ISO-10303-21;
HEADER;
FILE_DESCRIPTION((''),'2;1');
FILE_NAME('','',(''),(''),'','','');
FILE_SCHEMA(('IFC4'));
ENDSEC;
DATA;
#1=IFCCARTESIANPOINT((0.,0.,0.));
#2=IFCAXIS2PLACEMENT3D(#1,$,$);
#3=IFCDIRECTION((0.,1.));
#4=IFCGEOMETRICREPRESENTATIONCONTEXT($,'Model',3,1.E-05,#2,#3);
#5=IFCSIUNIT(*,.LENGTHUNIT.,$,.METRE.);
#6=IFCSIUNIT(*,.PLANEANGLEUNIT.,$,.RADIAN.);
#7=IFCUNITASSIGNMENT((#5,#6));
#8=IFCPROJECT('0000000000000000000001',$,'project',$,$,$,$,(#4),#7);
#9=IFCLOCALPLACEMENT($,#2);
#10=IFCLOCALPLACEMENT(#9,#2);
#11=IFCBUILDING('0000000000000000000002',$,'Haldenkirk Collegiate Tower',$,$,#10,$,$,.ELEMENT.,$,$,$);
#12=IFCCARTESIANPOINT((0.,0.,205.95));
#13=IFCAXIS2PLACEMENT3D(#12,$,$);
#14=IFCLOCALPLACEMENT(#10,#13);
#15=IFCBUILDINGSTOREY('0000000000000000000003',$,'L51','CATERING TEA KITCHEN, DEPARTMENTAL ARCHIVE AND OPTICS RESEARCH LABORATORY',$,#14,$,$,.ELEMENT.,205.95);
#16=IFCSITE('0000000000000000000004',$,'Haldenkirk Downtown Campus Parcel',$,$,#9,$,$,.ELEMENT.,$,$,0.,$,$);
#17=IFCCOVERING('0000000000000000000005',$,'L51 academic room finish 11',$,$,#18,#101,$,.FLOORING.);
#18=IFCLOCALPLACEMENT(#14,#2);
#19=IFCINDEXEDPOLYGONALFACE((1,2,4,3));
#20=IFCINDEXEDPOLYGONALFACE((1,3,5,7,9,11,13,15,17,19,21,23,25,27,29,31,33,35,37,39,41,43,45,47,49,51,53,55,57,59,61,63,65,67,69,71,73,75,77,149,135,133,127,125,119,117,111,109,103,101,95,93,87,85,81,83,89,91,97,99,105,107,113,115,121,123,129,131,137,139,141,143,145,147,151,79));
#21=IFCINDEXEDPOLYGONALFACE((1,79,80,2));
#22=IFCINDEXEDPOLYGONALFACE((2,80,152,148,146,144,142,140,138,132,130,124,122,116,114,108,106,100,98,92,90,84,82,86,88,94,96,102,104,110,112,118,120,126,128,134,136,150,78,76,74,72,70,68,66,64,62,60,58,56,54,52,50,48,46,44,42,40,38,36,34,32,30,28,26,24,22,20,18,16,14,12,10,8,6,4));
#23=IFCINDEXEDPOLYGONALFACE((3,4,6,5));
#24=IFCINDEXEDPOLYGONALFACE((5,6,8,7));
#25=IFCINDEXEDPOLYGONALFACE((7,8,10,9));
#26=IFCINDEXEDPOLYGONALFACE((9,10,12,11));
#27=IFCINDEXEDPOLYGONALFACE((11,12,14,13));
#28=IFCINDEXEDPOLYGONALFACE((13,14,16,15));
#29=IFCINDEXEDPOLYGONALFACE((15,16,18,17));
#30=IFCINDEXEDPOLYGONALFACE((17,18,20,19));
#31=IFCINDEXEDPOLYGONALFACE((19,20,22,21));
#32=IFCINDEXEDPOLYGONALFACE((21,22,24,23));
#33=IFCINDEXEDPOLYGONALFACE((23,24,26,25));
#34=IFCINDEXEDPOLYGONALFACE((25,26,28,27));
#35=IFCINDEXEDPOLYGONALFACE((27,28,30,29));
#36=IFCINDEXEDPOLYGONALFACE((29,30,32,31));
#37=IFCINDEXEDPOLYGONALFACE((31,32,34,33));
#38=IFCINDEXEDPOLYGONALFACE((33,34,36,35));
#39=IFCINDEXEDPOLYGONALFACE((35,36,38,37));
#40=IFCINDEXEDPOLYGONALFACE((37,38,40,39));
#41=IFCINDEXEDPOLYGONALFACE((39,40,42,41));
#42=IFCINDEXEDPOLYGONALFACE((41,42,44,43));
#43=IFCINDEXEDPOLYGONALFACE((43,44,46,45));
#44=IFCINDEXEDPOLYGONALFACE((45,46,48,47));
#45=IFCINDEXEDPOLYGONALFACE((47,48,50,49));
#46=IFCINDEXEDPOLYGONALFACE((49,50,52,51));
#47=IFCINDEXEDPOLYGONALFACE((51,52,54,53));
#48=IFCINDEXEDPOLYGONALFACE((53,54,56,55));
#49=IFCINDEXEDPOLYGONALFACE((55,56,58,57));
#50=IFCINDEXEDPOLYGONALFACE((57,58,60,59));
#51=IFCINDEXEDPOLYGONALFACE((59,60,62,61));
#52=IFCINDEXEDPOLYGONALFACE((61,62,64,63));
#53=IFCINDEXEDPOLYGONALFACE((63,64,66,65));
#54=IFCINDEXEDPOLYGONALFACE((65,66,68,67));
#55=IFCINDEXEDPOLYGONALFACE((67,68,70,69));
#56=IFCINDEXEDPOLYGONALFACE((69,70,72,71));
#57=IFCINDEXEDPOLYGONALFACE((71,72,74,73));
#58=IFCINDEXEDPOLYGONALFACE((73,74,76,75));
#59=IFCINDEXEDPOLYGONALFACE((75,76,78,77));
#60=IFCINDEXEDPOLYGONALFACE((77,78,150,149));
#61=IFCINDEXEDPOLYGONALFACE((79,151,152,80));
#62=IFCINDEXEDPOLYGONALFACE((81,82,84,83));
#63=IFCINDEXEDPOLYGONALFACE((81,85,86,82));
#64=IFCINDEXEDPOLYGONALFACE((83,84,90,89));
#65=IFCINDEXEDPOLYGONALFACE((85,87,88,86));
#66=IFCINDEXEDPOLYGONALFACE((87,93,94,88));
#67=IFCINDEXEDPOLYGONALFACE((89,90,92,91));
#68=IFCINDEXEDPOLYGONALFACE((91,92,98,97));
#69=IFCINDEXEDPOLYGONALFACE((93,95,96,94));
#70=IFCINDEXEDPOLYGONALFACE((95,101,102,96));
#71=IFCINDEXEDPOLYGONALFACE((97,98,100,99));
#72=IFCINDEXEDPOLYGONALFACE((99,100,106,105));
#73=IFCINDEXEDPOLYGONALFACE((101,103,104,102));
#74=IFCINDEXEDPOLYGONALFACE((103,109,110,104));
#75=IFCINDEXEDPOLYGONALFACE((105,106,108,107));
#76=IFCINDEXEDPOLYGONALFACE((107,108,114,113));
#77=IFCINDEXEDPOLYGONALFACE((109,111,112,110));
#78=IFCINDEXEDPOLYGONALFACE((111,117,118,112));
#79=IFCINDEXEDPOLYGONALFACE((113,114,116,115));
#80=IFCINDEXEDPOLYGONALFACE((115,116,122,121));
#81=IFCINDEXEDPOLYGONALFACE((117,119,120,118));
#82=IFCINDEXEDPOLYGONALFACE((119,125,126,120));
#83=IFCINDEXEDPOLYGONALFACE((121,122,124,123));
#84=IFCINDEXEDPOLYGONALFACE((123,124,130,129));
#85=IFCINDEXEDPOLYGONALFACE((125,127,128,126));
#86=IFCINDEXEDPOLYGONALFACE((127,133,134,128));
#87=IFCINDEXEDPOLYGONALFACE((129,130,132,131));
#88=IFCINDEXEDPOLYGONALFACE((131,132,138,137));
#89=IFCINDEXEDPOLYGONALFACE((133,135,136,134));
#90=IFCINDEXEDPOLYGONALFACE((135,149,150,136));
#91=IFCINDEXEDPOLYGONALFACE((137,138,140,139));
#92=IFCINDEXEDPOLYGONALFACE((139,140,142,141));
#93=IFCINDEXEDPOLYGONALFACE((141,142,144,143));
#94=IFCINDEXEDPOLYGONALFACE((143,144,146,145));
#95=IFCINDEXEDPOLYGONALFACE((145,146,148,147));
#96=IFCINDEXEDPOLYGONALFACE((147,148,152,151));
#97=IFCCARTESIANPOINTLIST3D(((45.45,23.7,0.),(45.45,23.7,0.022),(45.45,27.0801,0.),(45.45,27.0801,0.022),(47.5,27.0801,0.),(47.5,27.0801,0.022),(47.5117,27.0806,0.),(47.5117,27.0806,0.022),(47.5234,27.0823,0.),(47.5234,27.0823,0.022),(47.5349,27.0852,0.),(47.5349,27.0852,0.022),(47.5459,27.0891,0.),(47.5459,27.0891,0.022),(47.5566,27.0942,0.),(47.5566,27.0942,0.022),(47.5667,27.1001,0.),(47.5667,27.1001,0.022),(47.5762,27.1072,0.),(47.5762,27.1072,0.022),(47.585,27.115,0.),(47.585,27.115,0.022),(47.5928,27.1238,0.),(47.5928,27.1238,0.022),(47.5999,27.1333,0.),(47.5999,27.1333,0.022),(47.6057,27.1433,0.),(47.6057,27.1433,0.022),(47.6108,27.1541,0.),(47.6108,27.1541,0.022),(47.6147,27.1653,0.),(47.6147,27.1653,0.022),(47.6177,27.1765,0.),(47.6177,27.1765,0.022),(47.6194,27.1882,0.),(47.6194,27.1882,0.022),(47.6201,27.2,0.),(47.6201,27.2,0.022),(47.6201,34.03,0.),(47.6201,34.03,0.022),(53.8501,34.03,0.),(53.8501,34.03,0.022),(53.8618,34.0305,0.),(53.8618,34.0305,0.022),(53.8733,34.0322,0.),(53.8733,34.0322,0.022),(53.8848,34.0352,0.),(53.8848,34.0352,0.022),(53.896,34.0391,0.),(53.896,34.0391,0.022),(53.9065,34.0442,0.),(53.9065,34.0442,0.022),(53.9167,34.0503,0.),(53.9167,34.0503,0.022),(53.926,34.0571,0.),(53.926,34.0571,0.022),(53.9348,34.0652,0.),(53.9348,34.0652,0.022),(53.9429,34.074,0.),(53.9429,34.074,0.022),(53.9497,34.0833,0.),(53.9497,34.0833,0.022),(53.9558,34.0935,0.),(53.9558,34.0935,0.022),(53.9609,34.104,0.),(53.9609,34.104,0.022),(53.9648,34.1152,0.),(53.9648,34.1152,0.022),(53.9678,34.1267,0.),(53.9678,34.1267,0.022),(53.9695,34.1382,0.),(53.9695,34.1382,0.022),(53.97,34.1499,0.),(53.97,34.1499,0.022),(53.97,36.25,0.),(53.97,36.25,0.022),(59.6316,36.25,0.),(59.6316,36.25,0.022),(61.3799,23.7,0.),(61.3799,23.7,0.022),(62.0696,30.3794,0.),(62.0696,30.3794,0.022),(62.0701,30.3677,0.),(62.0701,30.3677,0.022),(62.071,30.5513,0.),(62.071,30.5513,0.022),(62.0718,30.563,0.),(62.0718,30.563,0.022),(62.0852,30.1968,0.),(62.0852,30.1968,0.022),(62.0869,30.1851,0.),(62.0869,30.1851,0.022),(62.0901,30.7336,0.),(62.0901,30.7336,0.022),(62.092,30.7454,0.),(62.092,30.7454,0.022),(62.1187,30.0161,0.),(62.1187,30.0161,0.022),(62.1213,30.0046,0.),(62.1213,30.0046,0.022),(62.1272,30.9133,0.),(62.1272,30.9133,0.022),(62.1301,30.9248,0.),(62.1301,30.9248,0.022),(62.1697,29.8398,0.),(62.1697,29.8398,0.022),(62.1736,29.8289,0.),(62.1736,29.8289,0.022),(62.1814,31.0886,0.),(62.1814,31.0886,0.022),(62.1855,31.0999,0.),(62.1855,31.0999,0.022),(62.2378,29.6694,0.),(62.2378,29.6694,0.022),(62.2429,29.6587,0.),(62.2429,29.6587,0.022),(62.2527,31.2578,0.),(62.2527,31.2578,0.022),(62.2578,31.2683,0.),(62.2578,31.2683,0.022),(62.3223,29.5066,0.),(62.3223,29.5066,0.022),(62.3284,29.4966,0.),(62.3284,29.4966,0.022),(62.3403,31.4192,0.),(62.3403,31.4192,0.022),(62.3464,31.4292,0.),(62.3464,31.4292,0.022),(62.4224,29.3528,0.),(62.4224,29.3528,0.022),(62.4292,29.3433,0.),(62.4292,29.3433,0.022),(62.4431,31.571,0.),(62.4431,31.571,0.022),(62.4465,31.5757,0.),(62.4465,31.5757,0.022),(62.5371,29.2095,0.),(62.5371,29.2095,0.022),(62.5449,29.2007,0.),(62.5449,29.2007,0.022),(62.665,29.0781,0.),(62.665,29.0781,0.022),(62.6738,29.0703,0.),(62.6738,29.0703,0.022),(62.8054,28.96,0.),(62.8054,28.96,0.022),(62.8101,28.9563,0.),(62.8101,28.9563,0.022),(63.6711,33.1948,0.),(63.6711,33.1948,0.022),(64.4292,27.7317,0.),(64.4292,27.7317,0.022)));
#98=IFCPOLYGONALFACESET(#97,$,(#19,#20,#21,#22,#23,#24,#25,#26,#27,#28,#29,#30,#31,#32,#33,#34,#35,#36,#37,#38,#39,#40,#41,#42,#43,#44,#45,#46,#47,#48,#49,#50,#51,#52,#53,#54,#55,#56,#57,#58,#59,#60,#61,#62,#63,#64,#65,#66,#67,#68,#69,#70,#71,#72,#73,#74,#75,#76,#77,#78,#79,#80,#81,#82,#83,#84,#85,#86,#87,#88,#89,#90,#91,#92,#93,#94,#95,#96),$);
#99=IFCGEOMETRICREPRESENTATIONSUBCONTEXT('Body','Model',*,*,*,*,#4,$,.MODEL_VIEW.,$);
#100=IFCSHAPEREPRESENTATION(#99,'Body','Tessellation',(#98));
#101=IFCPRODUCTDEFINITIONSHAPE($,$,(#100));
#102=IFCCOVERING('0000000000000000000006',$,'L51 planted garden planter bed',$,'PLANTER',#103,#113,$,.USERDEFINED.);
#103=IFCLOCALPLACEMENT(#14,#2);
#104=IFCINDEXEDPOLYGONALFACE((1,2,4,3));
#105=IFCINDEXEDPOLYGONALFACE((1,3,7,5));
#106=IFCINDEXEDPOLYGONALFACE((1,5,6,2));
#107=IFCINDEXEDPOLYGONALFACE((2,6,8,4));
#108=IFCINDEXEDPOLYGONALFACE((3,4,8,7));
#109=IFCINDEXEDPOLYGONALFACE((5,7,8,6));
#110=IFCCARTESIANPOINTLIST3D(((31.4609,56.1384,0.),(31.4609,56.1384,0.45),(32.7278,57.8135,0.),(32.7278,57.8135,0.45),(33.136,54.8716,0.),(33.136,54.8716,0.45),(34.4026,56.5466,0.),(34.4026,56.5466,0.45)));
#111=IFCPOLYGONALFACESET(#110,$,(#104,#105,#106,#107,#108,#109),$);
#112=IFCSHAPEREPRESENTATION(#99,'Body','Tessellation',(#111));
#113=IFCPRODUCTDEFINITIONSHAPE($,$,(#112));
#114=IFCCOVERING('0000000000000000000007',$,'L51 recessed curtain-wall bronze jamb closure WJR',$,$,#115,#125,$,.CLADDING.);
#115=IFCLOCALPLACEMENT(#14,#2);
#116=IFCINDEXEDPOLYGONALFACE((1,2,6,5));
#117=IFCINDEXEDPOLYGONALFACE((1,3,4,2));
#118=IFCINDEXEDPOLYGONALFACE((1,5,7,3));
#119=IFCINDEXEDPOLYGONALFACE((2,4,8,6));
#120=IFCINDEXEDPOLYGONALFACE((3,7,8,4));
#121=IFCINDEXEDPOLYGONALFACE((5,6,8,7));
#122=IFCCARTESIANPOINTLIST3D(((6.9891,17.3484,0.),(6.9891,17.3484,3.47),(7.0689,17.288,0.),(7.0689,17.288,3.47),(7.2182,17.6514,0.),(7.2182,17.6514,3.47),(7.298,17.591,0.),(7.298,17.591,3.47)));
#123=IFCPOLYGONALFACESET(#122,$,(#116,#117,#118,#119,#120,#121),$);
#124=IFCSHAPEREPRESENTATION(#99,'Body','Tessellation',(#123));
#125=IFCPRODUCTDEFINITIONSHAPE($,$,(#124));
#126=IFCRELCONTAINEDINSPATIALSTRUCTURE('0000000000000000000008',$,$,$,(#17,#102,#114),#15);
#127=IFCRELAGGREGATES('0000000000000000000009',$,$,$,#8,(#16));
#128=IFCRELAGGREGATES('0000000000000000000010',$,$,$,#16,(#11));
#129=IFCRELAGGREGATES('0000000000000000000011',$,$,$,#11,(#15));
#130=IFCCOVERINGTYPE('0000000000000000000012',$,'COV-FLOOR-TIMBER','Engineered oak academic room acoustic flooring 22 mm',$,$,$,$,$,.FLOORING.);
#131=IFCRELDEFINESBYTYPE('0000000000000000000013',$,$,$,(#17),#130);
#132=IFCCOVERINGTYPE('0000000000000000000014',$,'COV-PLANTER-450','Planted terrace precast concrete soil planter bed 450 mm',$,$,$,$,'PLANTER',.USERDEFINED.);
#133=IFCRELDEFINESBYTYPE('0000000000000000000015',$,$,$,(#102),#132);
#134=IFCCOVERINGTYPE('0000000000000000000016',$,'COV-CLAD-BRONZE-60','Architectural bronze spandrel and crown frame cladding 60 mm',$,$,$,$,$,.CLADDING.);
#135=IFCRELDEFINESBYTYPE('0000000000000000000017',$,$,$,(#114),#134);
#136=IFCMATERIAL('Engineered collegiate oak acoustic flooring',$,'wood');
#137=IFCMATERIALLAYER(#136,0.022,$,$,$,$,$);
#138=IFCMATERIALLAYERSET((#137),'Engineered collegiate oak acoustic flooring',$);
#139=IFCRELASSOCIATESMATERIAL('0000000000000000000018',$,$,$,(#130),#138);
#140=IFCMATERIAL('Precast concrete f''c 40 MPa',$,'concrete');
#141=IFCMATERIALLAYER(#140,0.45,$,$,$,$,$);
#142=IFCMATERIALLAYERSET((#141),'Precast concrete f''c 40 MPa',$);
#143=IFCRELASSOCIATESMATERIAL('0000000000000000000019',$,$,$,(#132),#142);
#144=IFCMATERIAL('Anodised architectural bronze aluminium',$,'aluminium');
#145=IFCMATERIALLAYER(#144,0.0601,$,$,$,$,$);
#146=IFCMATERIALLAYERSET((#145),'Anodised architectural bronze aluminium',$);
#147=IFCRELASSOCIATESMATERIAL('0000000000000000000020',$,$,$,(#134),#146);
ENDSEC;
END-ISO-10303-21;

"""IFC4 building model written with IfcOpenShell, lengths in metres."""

from ifc_helpers import new_model, si_unit, direction, frame, origin, origin_2d, place, context, subcontext, project, spatial, polyline, rectangle, outline, extrude, source, transform, mapped, material, layer, layer_set, type_object, element, save


model = new_model("IFC4")

# Units and contexts
model_context = context("Model", 3, precision=1e-05, world=origin(), true_north=direction((0.0, 1.0)))
body_context = subcontext(model_context, "Body", "Model", "MODEL_VIEW")
ifc_project = project(units=[si_unit("LENGTHUNIT", "METRE"), si_unit("PLANEANGLEUNIT", "RADIAN")], contexts=[model_context])

# Site, building, storey
site_placement = place(None, origin())
site = spatial("IfcSite", under=ifc_project, at=site_placement, Name="Haldenkirk Downtown Campus Parcel", CompositionType="ELEMENT", RefElevation=0.0)
building_placement = place(site_placement, origin())
building = spatial("IfcBuilding", under=site, at=building_placement, Name="Haldenkirk Collegiate Tower", CompositionType="ELEMENT")
storey_placement = place(building_placement, frame((0.0, 0.0, 205.95)))
storey = spatial("IfcBuildingStorey", under=building, at=storey_placement, Name="L51", Description="CATERING TEA KITCHEN, DEPARTMENTAL ARCHIVE AND OPTICS RESEARCH LABORATORY", CompositionType="ELEMENT", Elevation=205.95)

# Shared definitions
ifc_material_1 = material(Name="Anodised architectural bronze aluminium", Category="aluminium")

# Shared definitions
ifc_material_2 = material(Name="Precast concrete f'c 40 MPa", Category="concrete")

# Coverings
ifc_material_3 = material(Name="Engineered collegiate oak acoustic flooring", Category="wood")
ifc_layer_1 = layer(ifc_material_3, 0.022)
ifc_layer_set_1 = layer_set([ifc_layer_1], Name="Engineered collegiate oak acoustic flooring")
covering_type_1 = type_object("IfcCoveringType", Name="COV-FLOOR-TIMBER", Description="Engineered oak academic room acoustic flooring 22 mm", PredefinedType="FLOORING", material=ifc_layer_set_1)
covering_1_placement = place(storey_placement, origin())
element("IfcCovering", 1, at=covering_1_placement, inside=storey, type_object=covering_type_1, Name="L51 academic room finish 11", PredefinedType="FLOORING", context=body_context, shape_type="SweptSolid", body=[
    extrude(outline(polyline([(62.4465, 31.5757), (62.4431, 31.571), (62.3464, 31.4292), (62.3403, 31.4192), (62.2578, 31.2683), (62.2527, 31.2578), (62.1855, 31.0999), (62.1814, 31.0886), (62.1301, 30.9248), (62.1272, 30.9133), (62.092, 30.7454), (62.0901, 30.7336), (62.0718, 30.563), (62.071, 30.5513), (62.0696, 30.3794), (62.0701, 30.3677), (62.0852, 30.1968), (62.0869, 30.1851), (62.1187, 30.0161), (62.1213, 30.0046), (62.1697, 29.8398), (62.1736, 29.8289), (62.2378, 29.6694), (62.2429, 29.6587), (62.3223, 29.5066), (62.3284, 29.4966), (62.4224, 29.3528), (62.4292, 29.3433), (62.5371, 29.2095), (62.5449, 29.2007), (62.665, 29.0781), (62.6738, 29.0703), (62.8054, 28.96), (62.8101, 28.9563), (64.4292, 27.7317), (61.3799, 23.7), (45.45, 23.7), (45.45, 27.0801), (47.5, 27.0801), (47.5117, 27.0806), (47.5234, 27.0823), (47.5349, 27.0852), (47.5459, 27.0891), (47.5566, 27.0942), (47.5667, 27.1001), (47.5762, 27.1072), (47.585, 27.115), (47.5928, 27.1238), (47.5999, 27.1333), (47.6057, 27.1433), (47.6108, 27.1541), (47.6147, 27.1653), (47.6177, 27.1765), (47.6194, 27.1882), (47.6201, 27.2), (47.6201, 34.03), (53.8501, 34.03), (53.8618, 34.0305), (53.8733, 34.0322), (53.8848, 34.0352), (53.896, 34.0391), (53.9065, 34.0442), (53.9167, 34.0503), (53.926, 34.0571), (53.9348, 34.0652), (53.9429, 34.074), (53.9497, 34.0833), (53.9558, 34.0935), (53.9609, 34.104), (53.9648, 34.1152), (53.9678, 34.1267), (53.9695, 34.1382), (53.97, 34.1499), (53.97, 36.25), (59.6316, 36.25), (63.6711, 33.1948), (62.4465, 31.5757)])), origin(), (0.0, 0.0, 1.0), 0.022),
])
ifc_layer_2 = layer(ifc_material_2, 0.45)
ifc_layer_set_2 = layer_set([ifc_layer_2], Name="Precast concrete f'c 40 MPa")
covering_type_2 = type_object("IfcCoveringType", Name="COV-PLANTER-450", Description="Planted terrace precast concrete soil planter bed 450 mm", ElementType="PLANTER", PredefinedType="USERDEFINED", material=ifc_layer_set_2)
covering_2_placement = place(storey_placement, origin())
element("IfcCovering", 2, at=covering_2_placement, inside=storey, type_object=covering_type_2, Name="L51 planted garden planter bed", ObjectType="PLANTER", PredefinedType="USERDEFINED", context=body_context, shape_type="SweptSolid", body=[
    extrude(outline(polyline([(33.136, 54.8716), (31.4609, 56.1384), (32.7278, 57.8135), (34.4026, 56.5466), (33.136, 54.8716)])), origin(), (0.0, 0.0, 1.0), 0.45),
])
ifc_layer_3 = layer(ifc_material_1, 0.0601)
ifc_layer_set_3 = layer_set([ifc_layer_3], Name="Anodised architectural bronze aluminium")
covering_type_3 = type_object("IfcCoveringType", Name="COV-CLAD-BRONZE-60", Description="Architectural bronze spandrel and crown frame cladding 60 mm", PredefinedType="CLADDING", material=ifc_layer_set_3)
shared_shape_1 = source(origin(), body_context, "Body", "SweptSolid", [
    extrude(rectangle(XDim=0.1001, YDim=0.3799, at=origin_2d()), origin(), (0.0, 0.0, 1.0), 3.47),
])
covering_3_placement = place(storey_placement, frame((7.1436, 17.4697, 0.0), z_axis=(0.0, 0.0, 1.0), x_axis=(-0.797584, 0.603208, 0.0)))
element("IfcCovering", 3, at=covering_3_placement, inside=storey, type_object=covering_type_3, Name="L51 recessed curtain-wall bronze jamb closure WJR", PredefinedType="CLADDING", context=body_context, shape_type="MappedRepresentation", body=[
    mapped(shared_shape_1, transform((0.0, 0.0, 0.0), x_axis=(1.0, 0.0, 0.0), y_axis=(0.0, 1.0, 0.0), z_axis=(0.0, 0.0, 1.0), scale=1.0)),
])

save(model, "model.ifc")
